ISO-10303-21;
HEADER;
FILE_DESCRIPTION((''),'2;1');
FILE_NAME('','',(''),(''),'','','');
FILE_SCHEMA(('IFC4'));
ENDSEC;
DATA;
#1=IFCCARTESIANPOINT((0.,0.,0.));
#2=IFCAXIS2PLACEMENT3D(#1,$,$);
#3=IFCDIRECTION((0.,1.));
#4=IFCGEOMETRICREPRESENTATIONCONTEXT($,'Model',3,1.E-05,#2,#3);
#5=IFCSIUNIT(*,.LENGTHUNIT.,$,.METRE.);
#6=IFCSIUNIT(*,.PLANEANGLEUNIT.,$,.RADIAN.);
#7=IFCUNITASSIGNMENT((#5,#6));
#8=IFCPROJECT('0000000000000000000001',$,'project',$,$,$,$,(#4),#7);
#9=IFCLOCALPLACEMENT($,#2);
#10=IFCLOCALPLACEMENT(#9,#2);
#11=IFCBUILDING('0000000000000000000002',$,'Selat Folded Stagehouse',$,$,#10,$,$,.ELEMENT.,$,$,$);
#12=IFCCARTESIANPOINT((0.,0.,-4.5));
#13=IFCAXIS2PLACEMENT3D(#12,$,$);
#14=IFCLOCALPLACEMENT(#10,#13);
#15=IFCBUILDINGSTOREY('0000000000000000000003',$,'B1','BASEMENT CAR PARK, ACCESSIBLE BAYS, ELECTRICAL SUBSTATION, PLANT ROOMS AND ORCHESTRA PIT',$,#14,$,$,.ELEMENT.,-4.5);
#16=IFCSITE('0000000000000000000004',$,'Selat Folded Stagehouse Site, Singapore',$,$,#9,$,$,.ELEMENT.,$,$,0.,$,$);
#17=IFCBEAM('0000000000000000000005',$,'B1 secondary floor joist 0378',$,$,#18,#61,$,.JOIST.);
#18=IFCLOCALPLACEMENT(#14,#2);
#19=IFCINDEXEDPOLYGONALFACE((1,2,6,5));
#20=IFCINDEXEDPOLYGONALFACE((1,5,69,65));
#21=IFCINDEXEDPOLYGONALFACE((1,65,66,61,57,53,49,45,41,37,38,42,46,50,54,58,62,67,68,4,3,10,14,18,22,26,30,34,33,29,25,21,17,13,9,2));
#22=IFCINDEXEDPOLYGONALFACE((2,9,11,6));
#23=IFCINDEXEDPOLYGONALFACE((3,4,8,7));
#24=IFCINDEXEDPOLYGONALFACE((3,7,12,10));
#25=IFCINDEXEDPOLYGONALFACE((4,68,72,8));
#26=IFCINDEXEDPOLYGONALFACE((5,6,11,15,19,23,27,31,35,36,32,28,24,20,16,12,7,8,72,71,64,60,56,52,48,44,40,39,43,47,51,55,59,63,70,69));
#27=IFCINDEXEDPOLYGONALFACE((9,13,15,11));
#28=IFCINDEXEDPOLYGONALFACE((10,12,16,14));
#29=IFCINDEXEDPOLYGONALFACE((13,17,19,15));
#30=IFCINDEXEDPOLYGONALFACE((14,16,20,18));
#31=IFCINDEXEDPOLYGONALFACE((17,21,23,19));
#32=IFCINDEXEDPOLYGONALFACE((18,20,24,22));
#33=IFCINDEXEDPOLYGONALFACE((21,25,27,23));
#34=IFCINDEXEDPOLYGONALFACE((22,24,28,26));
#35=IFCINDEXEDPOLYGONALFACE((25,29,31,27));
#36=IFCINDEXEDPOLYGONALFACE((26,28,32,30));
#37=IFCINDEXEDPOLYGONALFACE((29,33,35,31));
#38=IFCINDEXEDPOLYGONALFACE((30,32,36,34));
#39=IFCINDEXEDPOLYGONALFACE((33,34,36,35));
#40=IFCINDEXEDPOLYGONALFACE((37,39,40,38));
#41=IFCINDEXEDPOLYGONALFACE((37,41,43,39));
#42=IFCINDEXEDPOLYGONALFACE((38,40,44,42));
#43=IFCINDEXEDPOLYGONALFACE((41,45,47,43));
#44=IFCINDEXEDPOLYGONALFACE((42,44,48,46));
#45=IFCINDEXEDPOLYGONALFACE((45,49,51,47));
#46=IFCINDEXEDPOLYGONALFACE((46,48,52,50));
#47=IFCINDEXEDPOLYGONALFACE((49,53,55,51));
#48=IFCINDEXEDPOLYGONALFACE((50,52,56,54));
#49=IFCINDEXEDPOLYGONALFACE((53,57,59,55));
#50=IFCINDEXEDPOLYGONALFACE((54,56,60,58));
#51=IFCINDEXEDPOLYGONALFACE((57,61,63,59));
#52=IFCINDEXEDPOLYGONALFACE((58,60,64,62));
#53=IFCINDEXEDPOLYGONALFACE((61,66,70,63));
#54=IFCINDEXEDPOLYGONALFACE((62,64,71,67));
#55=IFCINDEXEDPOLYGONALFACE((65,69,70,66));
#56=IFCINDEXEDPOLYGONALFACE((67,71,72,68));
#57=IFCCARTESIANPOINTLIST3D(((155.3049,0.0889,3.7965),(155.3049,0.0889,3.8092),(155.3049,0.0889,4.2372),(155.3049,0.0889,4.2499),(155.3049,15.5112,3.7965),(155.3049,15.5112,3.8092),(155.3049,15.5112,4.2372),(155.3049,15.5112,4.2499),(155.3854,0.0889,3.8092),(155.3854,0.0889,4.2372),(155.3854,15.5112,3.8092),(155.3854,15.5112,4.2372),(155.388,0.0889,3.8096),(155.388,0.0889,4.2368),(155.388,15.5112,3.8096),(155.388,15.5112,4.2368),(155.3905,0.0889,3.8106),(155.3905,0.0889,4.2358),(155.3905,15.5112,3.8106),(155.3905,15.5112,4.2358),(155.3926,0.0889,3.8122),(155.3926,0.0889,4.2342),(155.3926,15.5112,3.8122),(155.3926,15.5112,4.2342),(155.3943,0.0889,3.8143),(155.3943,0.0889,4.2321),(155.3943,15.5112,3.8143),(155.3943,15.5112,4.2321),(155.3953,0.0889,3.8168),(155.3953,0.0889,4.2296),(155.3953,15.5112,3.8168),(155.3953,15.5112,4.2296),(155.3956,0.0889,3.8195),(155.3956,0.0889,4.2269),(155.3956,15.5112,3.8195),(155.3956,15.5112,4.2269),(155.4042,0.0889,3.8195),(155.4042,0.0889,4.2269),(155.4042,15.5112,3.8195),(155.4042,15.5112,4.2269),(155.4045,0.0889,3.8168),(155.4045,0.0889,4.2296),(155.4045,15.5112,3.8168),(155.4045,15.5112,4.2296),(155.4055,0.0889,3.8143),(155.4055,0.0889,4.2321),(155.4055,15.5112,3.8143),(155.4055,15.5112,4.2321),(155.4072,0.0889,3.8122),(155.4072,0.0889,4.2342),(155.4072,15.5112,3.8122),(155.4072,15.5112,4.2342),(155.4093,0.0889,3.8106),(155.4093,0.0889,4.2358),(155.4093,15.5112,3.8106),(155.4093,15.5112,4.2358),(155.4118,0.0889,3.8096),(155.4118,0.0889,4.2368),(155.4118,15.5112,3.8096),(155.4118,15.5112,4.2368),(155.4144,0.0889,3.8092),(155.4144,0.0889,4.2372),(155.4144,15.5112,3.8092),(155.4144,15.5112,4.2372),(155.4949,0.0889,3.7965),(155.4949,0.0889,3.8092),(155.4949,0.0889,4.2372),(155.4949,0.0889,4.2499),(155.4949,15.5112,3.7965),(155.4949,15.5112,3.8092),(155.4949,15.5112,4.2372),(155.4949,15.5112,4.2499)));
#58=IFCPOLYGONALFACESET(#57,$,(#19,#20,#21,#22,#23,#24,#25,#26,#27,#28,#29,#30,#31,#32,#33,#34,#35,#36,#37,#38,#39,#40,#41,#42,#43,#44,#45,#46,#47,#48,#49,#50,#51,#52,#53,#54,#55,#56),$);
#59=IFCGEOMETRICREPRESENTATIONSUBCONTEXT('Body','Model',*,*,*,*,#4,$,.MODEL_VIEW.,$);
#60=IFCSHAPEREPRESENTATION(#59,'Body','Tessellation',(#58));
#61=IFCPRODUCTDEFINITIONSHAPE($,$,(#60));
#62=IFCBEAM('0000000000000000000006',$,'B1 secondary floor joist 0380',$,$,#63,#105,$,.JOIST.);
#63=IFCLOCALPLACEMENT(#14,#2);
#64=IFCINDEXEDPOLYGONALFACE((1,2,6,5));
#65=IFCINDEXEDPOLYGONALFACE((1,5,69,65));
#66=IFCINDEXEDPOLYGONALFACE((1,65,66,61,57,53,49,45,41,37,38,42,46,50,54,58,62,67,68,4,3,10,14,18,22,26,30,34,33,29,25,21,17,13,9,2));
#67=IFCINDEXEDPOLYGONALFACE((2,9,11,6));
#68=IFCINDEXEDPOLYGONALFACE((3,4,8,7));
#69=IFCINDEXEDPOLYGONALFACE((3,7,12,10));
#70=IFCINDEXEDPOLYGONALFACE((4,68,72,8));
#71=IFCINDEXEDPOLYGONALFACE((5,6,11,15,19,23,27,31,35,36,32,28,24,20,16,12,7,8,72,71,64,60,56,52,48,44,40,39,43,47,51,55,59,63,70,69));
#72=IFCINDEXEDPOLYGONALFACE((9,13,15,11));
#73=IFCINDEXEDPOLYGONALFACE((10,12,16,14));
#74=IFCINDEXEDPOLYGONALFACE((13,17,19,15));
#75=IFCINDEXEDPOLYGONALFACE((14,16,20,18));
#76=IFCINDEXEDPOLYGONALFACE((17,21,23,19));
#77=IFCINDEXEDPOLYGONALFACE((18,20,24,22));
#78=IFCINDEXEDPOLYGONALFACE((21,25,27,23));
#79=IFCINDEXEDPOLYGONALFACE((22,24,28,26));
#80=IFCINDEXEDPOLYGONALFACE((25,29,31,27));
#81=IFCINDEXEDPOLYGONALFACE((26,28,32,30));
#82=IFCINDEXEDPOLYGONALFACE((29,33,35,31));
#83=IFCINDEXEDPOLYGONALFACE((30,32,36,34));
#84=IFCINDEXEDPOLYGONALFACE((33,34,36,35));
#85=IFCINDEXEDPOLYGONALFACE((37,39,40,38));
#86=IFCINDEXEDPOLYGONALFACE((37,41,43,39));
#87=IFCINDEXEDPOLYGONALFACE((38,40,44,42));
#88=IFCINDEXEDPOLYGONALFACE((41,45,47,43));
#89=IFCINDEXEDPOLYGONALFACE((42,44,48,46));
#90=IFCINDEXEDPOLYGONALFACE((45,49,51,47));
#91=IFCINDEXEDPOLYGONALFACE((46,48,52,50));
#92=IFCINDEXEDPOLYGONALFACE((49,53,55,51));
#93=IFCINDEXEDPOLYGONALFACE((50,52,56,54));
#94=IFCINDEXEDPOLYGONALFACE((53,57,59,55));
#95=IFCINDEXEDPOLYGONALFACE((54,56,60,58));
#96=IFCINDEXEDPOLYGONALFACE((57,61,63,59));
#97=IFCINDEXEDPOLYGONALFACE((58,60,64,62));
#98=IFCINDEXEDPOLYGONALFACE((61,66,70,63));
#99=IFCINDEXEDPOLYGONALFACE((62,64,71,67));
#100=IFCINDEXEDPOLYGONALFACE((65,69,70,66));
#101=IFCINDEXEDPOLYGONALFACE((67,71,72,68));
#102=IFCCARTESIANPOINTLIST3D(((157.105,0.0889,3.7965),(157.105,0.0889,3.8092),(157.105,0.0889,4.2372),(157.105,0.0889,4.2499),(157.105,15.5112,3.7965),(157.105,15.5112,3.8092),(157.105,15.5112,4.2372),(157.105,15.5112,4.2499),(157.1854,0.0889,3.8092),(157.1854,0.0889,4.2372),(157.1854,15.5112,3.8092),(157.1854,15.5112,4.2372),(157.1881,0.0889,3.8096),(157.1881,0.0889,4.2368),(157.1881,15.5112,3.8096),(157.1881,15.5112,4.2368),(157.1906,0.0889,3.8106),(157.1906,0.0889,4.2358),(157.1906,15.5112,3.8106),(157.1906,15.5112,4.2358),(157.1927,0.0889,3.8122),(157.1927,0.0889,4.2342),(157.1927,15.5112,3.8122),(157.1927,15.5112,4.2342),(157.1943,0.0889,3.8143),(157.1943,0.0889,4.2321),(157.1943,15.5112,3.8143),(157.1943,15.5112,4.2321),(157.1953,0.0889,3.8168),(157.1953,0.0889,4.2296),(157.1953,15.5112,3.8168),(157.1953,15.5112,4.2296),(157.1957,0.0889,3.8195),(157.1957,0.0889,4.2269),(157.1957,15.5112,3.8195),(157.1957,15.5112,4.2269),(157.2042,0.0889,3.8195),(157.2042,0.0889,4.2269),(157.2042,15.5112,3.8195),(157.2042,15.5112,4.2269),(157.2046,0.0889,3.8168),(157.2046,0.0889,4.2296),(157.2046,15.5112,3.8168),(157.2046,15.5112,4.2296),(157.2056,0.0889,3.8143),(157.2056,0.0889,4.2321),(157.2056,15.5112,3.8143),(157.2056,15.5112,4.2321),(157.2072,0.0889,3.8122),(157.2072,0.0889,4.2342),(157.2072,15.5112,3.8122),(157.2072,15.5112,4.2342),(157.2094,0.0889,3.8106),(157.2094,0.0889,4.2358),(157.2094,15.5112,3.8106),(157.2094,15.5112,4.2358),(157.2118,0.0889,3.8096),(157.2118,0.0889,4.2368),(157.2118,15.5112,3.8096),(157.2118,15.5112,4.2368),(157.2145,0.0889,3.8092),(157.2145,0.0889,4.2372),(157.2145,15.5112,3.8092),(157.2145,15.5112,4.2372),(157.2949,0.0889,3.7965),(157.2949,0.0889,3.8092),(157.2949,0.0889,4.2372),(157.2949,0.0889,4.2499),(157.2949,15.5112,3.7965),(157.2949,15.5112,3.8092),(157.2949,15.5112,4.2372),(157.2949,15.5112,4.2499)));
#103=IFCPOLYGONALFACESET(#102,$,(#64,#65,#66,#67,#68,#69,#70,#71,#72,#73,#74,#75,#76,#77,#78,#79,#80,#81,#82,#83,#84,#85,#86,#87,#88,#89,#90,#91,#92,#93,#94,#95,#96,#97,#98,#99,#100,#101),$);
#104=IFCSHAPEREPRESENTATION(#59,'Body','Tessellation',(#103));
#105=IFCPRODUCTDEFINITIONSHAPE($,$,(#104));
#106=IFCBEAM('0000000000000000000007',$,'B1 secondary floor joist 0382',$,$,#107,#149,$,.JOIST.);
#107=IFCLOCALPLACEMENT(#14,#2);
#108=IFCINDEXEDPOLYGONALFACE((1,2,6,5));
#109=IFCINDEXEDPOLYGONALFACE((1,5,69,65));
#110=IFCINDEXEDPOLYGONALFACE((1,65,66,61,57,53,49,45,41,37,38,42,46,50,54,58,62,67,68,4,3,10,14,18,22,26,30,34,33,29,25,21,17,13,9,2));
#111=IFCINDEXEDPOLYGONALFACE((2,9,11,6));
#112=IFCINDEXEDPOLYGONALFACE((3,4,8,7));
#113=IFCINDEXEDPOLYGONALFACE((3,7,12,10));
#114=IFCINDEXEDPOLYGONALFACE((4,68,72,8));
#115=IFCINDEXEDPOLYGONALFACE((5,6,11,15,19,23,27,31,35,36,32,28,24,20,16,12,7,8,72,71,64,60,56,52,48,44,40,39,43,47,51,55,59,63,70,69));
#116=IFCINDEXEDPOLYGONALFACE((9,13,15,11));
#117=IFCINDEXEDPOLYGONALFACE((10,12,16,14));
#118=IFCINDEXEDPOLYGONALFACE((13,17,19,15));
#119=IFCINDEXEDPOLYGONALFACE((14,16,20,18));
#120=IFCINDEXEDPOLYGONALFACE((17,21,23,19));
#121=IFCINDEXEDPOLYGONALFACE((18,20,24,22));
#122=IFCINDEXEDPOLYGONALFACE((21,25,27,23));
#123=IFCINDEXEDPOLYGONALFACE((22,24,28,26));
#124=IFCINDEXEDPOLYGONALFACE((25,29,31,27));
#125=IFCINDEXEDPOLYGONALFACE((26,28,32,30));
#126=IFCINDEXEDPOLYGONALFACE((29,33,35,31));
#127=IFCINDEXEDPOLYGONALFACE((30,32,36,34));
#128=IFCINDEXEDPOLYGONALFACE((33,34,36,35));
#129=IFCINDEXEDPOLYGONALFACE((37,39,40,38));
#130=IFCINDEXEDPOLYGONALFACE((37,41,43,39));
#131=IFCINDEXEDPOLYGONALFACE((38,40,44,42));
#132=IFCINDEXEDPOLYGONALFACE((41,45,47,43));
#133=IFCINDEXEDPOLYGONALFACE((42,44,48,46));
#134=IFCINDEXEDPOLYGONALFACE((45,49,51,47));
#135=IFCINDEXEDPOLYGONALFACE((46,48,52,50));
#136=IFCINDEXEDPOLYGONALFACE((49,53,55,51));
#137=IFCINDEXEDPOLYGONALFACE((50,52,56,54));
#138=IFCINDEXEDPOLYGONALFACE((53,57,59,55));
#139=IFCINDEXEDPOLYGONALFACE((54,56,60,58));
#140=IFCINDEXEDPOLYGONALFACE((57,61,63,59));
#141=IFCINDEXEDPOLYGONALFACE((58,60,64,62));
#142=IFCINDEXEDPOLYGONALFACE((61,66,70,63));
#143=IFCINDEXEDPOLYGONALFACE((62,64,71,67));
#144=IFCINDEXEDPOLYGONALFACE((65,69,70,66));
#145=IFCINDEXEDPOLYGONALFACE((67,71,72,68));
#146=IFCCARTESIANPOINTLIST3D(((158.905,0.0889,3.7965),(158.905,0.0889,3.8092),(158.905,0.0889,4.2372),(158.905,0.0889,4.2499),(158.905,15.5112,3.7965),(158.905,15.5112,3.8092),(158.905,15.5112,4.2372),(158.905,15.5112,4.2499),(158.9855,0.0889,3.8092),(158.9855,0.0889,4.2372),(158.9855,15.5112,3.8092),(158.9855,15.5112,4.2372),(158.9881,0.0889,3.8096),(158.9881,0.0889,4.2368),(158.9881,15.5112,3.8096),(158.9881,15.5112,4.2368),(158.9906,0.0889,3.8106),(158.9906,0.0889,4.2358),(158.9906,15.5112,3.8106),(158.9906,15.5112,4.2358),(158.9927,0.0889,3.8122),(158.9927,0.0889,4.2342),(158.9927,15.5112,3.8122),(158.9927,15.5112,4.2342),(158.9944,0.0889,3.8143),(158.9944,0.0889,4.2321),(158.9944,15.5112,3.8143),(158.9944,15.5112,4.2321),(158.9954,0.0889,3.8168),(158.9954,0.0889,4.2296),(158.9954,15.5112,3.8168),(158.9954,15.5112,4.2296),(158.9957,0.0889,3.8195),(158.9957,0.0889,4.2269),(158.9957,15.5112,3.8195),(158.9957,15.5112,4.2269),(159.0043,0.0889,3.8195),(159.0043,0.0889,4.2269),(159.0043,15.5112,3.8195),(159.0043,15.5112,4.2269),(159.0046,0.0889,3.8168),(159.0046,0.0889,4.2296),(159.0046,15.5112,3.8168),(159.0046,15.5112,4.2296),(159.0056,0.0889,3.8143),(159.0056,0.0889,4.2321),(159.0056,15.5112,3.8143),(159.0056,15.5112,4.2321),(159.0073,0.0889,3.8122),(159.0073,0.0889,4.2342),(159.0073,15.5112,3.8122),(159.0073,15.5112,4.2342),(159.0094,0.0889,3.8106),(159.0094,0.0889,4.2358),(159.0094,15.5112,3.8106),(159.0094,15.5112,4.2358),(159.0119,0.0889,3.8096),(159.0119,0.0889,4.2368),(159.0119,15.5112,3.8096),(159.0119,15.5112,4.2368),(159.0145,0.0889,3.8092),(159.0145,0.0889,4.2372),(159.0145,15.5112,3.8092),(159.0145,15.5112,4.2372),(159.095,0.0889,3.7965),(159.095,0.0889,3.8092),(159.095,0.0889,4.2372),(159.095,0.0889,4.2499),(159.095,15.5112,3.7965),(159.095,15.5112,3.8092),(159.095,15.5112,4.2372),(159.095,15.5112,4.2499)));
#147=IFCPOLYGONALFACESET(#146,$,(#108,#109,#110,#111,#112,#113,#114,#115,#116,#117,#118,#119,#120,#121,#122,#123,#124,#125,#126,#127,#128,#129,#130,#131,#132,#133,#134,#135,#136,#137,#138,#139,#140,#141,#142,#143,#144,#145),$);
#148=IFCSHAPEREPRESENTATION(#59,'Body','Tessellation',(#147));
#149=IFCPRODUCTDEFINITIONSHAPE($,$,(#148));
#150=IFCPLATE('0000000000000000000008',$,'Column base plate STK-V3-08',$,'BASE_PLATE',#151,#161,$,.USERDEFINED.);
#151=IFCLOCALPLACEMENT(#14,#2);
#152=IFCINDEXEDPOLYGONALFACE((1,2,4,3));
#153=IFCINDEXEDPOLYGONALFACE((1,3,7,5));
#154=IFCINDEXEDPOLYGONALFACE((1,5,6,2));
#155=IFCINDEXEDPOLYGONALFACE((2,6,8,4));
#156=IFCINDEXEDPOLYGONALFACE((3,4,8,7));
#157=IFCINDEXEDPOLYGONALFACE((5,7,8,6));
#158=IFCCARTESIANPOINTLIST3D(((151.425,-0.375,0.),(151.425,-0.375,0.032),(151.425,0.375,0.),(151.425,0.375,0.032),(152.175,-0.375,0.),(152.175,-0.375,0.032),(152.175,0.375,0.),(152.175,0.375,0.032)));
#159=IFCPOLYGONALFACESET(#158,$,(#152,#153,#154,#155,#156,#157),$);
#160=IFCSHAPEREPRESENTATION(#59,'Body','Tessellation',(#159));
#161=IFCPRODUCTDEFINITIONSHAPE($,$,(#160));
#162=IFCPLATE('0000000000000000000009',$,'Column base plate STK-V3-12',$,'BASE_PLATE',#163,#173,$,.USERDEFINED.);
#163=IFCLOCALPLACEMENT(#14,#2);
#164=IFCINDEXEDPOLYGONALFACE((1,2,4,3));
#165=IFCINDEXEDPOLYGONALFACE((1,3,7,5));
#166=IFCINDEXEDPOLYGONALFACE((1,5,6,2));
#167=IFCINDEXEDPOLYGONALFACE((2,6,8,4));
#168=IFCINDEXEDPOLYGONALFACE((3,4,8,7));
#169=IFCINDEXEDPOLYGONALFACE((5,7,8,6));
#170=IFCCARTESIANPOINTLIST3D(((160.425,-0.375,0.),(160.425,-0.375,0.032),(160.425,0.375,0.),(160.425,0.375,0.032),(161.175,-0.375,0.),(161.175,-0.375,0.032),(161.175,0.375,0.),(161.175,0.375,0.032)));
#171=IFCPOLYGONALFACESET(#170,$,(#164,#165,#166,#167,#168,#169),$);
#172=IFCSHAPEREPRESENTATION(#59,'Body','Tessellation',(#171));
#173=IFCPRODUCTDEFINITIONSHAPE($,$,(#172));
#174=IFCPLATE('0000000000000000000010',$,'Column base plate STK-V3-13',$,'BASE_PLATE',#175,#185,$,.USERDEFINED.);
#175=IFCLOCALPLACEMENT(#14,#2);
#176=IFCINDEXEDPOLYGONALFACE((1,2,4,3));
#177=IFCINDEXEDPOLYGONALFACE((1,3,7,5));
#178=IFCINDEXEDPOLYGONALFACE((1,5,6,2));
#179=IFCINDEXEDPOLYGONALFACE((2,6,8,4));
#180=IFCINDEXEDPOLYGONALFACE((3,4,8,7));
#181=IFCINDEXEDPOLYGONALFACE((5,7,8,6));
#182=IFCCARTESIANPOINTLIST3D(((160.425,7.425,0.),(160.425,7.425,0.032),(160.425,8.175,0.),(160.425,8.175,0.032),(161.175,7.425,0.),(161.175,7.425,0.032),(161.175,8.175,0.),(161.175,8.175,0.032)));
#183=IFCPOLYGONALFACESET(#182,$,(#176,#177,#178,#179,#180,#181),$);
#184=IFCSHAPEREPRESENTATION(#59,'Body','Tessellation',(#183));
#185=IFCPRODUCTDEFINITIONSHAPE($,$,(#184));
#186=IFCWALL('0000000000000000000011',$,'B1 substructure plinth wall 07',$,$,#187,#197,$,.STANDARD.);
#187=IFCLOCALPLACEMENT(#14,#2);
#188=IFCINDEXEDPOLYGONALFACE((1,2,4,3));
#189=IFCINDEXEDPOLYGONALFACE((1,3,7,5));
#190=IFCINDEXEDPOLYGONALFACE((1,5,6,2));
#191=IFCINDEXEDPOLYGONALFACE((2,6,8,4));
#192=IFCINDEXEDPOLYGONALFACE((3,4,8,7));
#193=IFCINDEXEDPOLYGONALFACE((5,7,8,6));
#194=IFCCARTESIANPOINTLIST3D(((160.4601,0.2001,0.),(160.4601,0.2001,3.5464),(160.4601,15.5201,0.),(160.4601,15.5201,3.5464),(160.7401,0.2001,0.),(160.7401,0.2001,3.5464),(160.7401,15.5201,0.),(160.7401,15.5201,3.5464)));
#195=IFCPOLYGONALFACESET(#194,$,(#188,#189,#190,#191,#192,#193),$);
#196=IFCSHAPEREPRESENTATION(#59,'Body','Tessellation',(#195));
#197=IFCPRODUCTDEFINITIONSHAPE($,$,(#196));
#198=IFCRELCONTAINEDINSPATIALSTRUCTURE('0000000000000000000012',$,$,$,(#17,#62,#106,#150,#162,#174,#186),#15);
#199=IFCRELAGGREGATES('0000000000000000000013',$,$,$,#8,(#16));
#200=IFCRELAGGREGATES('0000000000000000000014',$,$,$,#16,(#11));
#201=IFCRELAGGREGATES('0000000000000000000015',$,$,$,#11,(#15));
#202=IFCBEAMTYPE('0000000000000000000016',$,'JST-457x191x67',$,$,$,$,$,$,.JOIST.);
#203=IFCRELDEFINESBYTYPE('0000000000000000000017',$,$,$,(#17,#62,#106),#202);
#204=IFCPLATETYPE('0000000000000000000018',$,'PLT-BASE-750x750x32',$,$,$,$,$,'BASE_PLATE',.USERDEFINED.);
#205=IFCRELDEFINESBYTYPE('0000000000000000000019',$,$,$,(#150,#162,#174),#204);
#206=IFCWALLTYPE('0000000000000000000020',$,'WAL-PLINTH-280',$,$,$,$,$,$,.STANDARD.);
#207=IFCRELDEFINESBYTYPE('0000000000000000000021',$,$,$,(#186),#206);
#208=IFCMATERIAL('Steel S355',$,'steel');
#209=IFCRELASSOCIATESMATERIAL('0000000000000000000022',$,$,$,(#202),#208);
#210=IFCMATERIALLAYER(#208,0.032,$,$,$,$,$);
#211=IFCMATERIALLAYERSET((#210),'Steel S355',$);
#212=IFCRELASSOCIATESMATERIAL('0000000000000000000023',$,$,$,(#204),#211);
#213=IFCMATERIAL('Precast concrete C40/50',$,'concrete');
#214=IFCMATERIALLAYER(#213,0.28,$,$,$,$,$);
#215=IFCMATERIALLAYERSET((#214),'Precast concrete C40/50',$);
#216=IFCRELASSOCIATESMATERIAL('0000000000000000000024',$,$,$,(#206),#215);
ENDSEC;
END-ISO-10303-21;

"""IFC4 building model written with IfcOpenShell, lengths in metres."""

from ifc_helpers import new_model, si_unit, direction, frame, frame_2d, origin, origin_2d, place, context, subcontext, project, spatial, rectangle, i_section, extrude, material, layer, layer_set, material_profile, profile_set, type_object, element, save


model = new_model("IFC4")

# Units and contexts
model_context = context("Model", 3, precision=1e-05, world=origin(), true_north=direction((0.0, 1.0)))
body_context = subcontext(model_context, "Body", "Model", "MODEL_VIEW")
ifc_project = project(units=[si_unit("LENGTHUNIT", "METRE"), si_unit("PLANEANGLEUNIT", "RADIAN")], contexts=[model_context])

# Site, building, storey
site_placement = place(None, origin())
site = spatial("IfcSite", under=ifc_project, at=site_placement, Name="Selat Folded Stagehouse Site, Singapore", CompositionType="ELEMENT", RefElevation=0.0)
building_placement = place(site_placement, origin())
building = spatial("IfcBuilding", under=site, at=building_placement, Name="Selat Folded Stagehouse", CompositionType="ELEMENT")
storey_placement = place(building_placement, frame((0.0, 0.0, -4.5)))
storey = spatial("IfcBuildingStorey", under=building, at=storey_placement, Name="B1", Description="BASEMENT CAR PARK, ACCESSIBLE BAYS, ELECTRICAL SUBSTATION, PLANT ROOMS AND ORCHESTRA PIT", CompositionType="ELEMENT", Elevation=-4.5)

# Shared definitions
ifc_material_1 = material(Name="Steel S355", Category="steel")

# Beams
ifc_material_profile_1 = material_profile(ifc_material_1, i_section(OverallWidth=0.1899, OverallDepth=0.4534, WebThickness=0.0085, FlangeThickness=0.0127, FilletRadius=0.0103, at=origin_2d()), Name="UKB 457x191x67")
ifc_profile_set_1 = profile_set([ifc_material_profile_1], Name="Steel S355")
beam_type_1 = type_object("IfcBeamType", Name="JST-457x191x67", PredefinedType="JOIST", material=ifc_profile_set_1)
for number, where, z_axis, x_axis, name in (
    (1, (155.3999, 0.0889, 4.0232), (0.0, 1.0, 0.0), (-1.0, 0.0, 0.0), "B1 secondary floor joist 0378"),
    (2, (157.2, 0.0889, 4.0232), (0.0, 1.0, 0.0), (-1.0, 0.0, 0.0), "B1 secondary floor joist 0380"),
    (3, (159.0, 0.0889, 4.0232), (0.0, 1.0, 0.0), (-1.0, 0.0, 0.0), "B1 secondary floor joist 0382"),
):
    element("IfcBeam", number, at=place(storey_placement, frame(where, z_axis=z_axis, x_axis=x_axis)), inside=storey, type_object=beam_type_1, Name=name, PredefinedType="JOIST", context=body_context, shape_type="SweptSolid", body=[
        extrude(i_section(OverallWidth=0.1899, OverallDepth=0.4534, WebThickness=0.0085, FlangeThickness=0.0127, FilletRadius=0.0103, at=origin_2d()), origin(), (0.0, 0.0, 1.0), 15.4224),
    ])

# Plates
ifc_layer_1 = layer(ifc_material_1, 0.032)
ifc_layer_set_1 = layer_set([ifc_layer_1], Name="Steel S355")
plate_type = type_object("IfcPlateType", Name="PLT-BASE-750x750x32", ElementType="BASE_PLATE", PredefinedType="USERDEFINED", material=ifc_layer_set_1)
for number, where, z_axis, x_axis, name in (
    (4, (151.8, 0.0, 0.0), (0.0, 0.0, 1.0), (1.0, 0.0, 0.0), "Column base plate STK-V3-08"),
    (5, (160.8, 0.0, 0.0), (0.0, 0.0, 1.0), (1.0, 0.0, 0.0), "Column base plate STK-V3-12"),
    (6, (160.8, 7.8, 0.0), (0.0, 0.0, 1.0), (1.0, 0.0, 0.0), "Column base plate STK-V3-13"),
):
    element("IfcPlate", number, at=place(storey_placement, frame(where, z_axis=z_axis, x_axis=x_axis)), inside=storey, type_object=plate_type, Name=name, ObjectType="BASE_PLATE", PredefinedType="USERDEFINED", context=body_context, shape_type="SweptSolid", body=[
        extrude(rectangle(XDim=0.75, YDim=0.75, at=origin_2d()), origin(), (0.0, 0.0, 1.0), 0.032),
    ])

# Wall
ifc_material_2 = material(Name="Precast concrete C40/50", Category="concrete")
ifc_layer_2 = layer(ifc_material_2, 0.28)
ifc_layer_set_2 = layer_set([ifc_layer_2], Name="Precast concrete C40/50")
wall_type = type_object("IfcWallType", Name="WAL-PLINTH-280", PredefinedType="STANDARD", material=ifc_layer_set_2)
wall_placement = place(storey_placement, frame((160.6001, 0.2, 0.0), z_axis=(0.0, 0.0, 1.0), x_axis=(0.0, 1.0, 0.0)))
element("IfcWall", 7, at=wall_placement, inside=storey, type_object=wall_type, Name="B1 substructure plinth wall 07", PredefinedType="STANDARD", context=body_context, shape_type="SweptSolid", body=[
    extrude(rectangle(XDim=15.3201, YDim=0.28, at=frame_2d((7.6602, 0.0))), origin(), (0.0, 0.0, 1.0), 3.5464),
])

save(model, "model.ifc")
